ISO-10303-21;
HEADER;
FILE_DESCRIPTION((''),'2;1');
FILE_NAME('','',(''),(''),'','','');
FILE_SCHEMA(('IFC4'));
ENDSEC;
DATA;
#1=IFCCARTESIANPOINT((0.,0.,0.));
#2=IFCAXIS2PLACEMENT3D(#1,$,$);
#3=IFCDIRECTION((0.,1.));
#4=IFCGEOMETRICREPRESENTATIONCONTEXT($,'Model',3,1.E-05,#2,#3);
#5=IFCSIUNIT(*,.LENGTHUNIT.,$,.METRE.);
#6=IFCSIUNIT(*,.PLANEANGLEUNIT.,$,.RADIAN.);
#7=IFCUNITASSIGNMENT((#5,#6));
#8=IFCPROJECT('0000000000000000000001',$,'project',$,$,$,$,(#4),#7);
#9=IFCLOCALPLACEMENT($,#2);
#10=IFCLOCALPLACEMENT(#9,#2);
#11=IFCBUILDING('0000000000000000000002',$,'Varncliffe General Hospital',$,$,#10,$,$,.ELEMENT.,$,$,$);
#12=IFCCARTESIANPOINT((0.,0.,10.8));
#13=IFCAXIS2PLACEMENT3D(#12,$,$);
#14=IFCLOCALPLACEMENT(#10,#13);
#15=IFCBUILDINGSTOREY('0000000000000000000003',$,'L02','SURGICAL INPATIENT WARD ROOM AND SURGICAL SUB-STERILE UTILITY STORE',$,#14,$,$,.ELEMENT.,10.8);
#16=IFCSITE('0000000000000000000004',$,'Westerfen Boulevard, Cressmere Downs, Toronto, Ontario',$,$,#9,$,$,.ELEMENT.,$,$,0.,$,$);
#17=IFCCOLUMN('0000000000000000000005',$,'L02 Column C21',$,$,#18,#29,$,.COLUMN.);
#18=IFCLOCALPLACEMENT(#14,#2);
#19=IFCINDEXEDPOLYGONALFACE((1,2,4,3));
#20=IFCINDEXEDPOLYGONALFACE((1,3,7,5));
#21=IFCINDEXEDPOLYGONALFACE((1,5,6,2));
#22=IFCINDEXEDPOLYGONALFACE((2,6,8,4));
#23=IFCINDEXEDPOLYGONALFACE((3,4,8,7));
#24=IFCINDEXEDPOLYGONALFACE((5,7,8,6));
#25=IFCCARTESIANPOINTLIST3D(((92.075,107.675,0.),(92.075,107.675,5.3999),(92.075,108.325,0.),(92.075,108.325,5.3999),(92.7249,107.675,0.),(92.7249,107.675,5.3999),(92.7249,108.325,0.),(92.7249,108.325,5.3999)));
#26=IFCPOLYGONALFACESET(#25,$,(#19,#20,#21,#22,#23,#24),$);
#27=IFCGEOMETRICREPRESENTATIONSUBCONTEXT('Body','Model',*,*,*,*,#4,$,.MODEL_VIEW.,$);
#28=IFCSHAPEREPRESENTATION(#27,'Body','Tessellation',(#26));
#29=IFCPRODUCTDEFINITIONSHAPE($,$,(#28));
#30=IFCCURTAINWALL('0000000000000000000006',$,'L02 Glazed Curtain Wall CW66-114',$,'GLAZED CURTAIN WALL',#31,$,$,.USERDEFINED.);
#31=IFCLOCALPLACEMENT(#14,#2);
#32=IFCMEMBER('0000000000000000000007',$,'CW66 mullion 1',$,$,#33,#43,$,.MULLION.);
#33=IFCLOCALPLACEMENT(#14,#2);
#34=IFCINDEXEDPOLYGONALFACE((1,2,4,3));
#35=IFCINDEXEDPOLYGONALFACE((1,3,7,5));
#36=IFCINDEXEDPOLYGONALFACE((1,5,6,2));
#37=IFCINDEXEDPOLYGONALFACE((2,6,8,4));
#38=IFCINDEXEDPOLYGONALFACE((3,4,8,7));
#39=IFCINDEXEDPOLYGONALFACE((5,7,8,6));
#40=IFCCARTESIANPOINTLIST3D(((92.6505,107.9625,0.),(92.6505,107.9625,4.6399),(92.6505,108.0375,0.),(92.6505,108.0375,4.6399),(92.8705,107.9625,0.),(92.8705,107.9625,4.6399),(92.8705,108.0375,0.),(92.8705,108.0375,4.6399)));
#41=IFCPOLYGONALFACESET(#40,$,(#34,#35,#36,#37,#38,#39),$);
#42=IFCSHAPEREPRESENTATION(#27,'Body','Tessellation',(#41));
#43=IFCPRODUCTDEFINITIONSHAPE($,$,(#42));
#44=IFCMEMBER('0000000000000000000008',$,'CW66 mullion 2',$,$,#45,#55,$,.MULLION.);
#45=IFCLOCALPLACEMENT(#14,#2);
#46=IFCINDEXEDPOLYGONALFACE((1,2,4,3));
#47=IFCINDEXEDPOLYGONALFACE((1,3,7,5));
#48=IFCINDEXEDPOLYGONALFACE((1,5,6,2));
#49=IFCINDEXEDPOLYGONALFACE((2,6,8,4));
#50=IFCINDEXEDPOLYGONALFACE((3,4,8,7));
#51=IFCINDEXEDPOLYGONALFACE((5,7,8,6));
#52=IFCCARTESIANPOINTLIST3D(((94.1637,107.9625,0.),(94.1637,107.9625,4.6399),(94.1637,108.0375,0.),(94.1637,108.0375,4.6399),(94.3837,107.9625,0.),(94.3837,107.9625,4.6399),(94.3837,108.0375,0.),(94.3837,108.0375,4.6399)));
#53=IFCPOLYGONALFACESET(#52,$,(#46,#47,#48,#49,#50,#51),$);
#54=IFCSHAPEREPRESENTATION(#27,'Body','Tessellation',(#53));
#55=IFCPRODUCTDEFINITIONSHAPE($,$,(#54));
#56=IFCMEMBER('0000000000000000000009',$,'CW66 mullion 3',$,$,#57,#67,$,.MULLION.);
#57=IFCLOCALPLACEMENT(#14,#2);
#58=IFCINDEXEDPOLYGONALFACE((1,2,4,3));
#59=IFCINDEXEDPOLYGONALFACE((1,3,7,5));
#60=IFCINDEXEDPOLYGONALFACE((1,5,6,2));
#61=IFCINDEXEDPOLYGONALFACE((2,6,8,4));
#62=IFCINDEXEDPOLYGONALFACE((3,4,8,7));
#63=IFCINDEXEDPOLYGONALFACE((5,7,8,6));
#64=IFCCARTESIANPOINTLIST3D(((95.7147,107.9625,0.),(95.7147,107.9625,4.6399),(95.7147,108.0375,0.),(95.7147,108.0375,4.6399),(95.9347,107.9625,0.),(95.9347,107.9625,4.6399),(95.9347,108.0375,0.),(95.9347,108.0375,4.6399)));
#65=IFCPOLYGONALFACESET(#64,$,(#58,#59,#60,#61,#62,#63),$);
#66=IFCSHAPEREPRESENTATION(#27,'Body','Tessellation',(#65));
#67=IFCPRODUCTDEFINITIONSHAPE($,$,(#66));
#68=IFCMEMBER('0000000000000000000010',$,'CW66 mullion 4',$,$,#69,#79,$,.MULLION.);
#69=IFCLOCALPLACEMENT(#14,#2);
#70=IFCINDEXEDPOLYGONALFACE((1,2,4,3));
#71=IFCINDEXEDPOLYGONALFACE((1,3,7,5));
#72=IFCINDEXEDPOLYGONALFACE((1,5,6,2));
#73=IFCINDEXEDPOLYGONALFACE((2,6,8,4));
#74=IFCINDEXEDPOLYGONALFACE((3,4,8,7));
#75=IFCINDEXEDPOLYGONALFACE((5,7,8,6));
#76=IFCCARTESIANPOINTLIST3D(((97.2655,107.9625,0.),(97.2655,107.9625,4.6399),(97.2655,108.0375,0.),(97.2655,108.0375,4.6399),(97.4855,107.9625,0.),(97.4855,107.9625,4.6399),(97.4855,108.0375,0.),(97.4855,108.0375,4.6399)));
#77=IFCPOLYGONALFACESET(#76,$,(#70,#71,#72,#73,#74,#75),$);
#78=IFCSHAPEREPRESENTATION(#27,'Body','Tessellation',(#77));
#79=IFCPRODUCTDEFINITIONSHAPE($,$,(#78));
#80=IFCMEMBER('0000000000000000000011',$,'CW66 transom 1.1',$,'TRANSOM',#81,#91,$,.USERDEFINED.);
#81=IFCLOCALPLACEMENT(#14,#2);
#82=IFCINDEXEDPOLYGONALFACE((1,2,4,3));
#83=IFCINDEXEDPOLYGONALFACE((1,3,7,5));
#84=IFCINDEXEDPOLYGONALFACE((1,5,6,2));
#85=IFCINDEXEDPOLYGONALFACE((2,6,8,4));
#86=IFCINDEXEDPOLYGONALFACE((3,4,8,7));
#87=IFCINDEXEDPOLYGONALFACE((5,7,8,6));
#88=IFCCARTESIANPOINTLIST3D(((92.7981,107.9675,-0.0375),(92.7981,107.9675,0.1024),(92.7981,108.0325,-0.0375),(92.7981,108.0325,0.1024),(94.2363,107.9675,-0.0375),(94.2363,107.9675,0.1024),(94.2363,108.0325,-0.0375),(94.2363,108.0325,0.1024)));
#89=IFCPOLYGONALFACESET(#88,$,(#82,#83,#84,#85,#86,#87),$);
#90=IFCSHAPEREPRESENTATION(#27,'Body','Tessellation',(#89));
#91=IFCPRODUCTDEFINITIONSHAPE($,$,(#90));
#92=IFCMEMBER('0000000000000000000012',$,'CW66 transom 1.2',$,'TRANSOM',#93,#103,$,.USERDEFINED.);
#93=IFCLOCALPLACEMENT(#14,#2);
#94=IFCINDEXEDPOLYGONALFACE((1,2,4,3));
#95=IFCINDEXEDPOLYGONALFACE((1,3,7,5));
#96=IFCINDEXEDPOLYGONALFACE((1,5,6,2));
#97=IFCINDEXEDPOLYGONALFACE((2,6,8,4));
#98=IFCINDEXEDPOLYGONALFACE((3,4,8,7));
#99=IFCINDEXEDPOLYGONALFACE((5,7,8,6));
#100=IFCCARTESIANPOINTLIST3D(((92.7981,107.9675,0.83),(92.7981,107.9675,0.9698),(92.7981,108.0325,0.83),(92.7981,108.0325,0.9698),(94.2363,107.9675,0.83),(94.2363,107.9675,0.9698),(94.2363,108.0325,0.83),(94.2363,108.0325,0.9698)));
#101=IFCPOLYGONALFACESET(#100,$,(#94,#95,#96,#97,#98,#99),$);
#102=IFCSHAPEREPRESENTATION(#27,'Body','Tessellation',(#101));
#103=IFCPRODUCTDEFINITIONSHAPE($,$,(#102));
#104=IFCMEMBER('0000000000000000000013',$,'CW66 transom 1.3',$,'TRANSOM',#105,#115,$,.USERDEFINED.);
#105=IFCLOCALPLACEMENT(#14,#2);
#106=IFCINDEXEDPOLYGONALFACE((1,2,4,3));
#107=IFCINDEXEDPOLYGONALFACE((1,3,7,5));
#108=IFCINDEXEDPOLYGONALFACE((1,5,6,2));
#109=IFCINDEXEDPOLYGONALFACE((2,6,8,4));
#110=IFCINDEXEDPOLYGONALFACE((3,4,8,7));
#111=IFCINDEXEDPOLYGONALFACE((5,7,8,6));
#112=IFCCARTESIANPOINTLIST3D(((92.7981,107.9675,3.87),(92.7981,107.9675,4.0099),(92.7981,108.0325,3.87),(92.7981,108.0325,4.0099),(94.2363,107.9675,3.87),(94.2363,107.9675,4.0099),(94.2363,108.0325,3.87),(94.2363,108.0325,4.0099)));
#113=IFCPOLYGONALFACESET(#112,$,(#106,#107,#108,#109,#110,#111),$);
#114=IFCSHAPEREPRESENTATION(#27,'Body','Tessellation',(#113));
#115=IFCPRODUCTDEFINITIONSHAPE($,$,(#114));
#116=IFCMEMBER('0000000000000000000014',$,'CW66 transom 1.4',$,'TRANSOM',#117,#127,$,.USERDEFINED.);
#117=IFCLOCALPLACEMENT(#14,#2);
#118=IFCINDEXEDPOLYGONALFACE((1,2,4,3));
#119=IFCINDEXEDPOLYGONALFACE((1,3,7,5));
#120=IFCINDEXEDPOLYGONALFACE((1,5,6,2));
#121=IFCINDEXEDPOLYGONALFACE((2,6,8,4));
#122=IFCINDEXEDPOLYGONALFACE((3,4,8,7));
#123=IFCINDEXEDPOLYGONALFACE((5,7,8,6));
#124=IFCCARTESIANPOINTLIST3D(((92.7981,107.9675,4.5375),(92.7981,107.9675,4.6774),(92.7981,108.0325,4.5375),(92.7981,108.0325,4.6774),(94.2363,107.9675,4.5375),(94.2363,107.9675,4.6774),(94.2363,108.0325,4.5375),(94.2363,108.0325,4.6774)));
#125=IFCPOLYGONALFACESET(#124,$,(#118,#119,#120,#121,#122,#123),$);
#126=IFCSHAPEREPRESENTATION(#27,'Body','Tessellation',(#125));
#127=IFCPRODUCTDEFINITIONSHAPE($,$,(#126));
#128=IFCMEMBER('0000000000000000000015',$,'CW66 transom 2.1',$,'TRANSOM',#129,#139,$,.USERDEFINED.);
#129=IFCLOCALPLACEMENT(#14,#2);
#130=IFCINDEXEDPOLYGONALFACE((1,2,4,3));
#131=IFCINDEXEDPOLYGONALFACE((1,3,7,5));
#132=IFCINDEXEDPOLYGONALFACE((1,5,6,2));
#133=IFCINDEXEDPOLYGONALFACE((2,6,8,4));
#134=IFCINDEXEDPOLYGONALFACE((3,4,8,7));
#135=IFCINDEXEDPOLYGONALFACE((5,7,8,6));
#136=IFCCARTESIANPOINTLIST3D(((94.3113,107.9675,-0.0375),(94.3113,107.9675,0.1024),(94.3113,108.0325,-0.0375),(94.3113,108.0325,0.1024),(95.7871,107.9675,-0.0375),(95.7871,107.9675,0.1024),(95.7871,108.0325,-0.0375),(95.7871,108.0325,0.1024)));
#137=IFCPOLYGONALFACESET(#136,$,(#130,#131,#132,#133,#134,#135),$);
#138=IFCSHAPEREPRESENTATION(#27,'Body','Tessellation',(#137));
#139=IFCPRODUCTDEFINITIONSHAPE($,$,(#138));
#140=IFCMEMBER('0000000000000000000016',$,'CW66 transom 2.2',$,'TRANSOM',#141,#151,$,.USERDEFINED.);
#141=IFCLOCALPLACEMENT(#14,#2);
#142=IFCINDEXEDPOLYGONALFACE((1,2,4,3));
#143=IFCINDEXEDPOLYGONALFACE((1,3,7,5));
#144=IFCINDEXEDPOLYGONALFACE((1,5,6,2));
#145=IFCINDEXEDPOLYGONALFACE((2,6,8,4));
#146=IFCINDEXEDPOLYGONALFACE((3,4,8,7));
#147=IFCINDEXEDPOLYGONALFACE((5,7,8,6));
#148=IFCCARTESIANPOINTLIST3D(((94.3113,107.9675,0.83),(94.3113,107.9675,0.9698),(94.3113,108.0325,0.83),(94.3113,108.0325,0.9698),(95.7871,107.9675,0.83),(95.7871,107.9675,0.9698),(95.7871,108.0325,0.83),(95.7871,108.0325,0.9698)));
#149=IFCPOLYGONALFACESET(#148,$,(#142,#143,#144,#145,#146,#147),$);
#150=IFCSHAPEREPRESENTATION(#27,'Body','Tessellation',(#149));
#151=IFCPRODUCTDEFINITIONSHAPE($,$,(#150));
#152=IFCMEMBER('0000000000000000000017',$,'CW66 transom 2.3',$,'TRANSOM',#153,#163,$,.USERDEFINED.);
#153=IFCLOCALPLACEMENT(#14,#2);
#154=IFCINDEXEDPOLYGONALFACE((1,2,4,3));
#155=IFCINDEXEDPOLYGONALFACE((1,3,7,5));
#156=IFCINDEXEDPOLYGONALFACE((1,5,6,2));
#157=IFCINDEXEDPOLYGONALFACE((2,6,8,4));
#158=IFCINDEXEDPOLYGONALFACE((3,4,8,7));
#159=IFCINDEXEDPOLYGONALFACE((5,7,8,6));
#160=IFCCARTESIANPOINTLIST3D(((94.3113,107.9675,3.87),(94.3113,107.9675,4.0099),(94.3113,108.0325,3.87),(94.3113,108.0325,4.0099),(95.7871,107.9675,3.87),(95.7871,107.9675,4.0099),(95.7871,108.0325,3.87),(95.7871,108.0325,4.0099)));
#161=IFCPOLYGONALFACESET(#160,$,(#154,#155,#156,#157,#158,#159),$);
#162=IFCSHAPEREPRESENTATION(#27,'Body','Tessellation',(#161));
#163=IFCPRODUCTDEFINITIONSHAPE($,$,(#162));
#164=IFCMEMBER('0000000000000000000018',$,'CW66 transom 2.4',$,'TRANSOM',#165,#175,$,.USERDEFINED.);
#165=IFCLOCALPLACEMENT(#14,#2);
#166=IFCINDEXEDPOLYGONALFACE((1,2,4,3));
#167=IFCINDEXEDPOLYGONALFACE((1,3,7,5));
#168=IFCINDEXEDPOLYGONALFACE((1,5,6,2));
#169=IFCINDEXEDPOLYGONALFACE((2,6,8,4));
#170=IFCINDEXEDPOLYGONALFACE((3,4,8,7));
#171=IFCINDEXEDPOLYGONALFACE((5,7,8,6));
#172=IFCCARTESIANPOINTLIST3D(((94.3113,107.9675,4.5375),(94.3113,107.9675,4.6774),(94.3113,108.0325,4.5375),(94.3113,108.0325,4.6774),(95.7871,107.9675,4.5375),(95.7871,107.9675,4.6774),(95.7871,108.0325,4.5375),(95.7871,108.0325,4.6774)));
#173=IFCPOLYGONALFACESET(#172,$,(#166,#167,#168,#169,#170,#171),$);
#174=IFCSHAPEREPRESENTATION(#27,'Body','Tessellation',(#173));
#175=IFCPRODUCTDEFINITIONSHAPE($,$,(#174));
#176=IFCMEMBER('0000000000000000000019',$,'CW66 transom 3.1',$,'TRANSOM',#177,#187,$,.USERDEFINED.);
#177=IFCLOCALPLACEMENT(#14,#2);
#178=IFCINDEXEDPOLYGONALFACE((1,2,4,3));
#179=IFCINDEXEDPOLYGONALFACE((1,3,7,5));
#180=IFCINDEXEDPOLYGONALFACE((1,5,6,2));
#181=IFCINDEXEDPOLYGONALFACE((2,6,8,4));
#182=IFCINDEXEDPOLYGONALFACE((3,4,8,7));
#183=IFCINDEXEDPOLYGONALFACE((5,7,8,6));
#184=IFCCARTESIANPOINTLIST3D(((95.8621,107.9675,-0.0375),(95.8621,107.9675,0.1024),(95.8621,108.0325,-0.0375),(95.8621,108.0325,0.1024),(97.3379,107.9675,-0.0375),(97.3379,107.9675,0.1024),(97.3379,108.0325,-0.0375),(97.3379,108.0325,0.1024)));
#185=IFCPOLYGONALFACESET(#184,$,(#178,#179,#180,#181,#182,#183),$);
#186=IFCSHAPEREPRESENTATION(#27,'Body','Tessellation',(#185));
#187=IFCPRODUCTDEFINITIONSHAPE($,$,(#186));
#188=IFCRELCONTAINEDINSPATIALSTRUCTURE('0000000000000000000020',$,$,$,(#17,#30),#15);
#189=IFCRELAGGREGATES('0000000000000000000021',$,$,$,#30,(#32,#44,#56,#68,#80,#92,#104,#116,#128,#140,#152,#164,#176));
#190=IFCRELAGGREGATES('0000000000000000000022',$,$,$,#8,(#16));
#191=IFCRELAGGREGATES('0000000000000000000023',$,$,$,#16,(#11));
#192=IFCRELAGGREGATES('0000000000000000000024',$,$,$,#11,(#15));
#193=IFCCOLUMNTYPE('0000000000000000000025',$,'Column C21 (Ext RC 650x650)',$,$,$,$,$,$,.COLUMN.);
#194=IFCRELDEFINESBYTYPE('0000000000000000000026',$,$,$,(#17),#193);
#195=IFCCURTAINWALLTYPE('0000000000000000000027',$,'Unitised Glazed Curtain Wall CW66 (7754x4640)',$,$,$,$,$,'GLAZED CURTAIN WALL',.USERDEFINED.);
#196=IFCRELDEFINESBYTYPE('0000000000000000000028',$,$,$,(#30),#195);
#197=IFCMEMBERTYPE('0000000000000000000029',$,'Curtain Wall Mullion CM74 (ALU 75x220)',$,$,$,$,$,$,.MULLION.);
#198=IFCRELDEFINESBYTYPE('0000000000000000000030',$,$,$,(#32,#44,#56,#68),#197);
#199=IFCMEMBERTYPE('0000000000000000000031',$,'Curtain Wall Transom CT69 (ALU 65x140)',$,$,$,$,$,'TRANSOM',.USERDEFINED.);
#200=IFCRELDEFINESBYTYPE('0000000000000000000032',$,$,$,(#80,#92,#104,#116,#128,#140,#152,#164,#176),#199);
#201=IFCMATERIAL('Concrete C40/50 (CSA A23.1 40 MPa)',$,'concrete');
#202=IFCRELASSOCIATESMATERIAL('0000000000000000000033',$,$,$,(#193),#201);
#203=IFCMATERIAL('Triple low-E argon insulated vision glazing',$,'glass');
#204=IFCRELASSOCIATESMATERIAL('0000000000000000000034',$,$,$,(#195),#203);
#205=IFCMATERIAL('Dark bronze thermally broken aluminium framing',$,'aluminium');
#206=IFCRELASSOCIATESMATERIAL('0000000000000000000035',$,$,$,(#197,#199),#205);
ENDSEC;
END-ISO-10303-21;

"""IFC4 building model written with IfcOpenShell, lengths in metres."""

from ifc_helpers import new_model, si_unit, direction, frame, origin, origin_2d, place, context, subcontext, project, spatial, rectangle, extrude, material, material_profile, profile_set, type_object, element, aggregate, save


model = new_model("IFC4")

# Units and contexts
model_context = context("Model", 3, precision=1e-05, world=origin(), true_north=direction((0.0, 1.0)))
body_context = subcontext(model_context, "Body", "Model", "MODEL_VIEW")
ifc_project = project(units=[si_unit("LENGTHUNIT", "METRE"), si_unit("PLANEANGLEUNIT", "RADIAN")], contexts=[model_context])

# Site, building, storey
site_placement = place(None, origin())
site = spatial("IfcSite", under=ifc_project, at=site_placement, Name="Westerfen Boulevard, Cressmere Downs, Toronto, Ontario", CompositionType="ELEMENT", RefElevation=0.0)
building_placement = place(site_placement, origin())
building = spatial("IfcBuilding", under=site, at=building_placement, Name="Varncliffe General Hospital", CompositionType="ELEMENT")
storey_placement = place(building_placement, frame((0.0, 0.0, 10.8)))
storey = spatial("IfcBuildingStorey", under=building, at=storey_placement, Name="L02", Description="SURGICAL INPATIENT WARD ROOM AND SURGICAL SUB-STERILE UTILITY STORE", CompositionType="ELEMENT", Elevation=10.8)

# Column
ifc_material_1 = material(Name="Concrete C40/50 (CSA A23.1 40 MPa)", Category="concrete")
ifc_material_profile_1 = material_profile(ifc_material_1, rectangle(XDim=0.6499, YDim=0.6499, at=origin_2d()), Name="RC 650x650")
ifc_profile_set_1 = profile_set([ifc_material_profile_1], Name="Concrete C40/50 (CSA A23.1 40 MPa)")
column_type = type_object("IfcColumnType", Name="Column C21 (Ext RC 650x650)", PredefinedType="COLUMN", material=ifc_profile_set_1)
column_placement = place(storey_placement, frame((92.3999, 108.0, 0.0), z_axis=(0.0, 0.0, 1.0), x_axis=(1.0, 0.0, 0.0)))
element("IfcColumn", 1, at=column_placement, inside=storey, type_object=column_type, Name="L02 Column C21", PredefinedType="COLUMN", context=body_context, shape_type="SweptSolid", body=[
    extrude(rectangle(XDim=0.6499, YDim=0.6499, at=origin_2d()), origin(), (0.0, 0.0, 1.0), 5.3999),
])

# Curtain wall, members
ifc_material_2 = material(Name="Triple low-E argon insulated vision glazing", Category="glass")
curtain_wall_type = type_object("IfcCurtainWallType", Name="Unitised Glazed Curtain Wall CW66 (7754x4640)", ElementType="GLAZED CURTAIN WALL", PredefinedType="USERDEFINED", material=ifc_material_2)
curtain_wall_placement = place(storey_placement, origin())
curtain_wall = element("IfcCurtainWall", 2, at=curtain_wall_placement, inside=storey, type_object=curtain_wall_type, Name="L02 Glazed Curtain Wall CW66-114", ObjectType="GLAZED CURTAIN WALL", PredefinedType="USERDEFINED")
ifc_material_3 = material(Name="Dark bronze thermally broken aluminium framing", Category="aluminium")
ifc_material_profile_2 = material_profile(ifc_material_3, rectangle(XDim=0.075, YDim=0.22, at=origin_2d()), Name="ALU 75x220")
ifc_profile_set_2 = profile_set([ifc_material_profile_2], Name="Dark bronze thermally broken aluminium framing")
member_type_1 = type_object("IfcMemberType", Name="Curtain Wall Mullion CM74 (ALU 75x220)", PredefinedType="MULLION", material=ifc_profile_set_2)
member_1_placement = place(storey_placement, frame((92.7605, 108.0, 0.0), z_axis=(0.0, 0.0, 1.0), x_axis=(0.0, 1.0, 0.0)))
member_1 = element("IfcMember", 3, at=member_1_placement, type_object=member_type_1, Name="CW66 mullion 1", PredefinedType="MULLION", context=body_context, shape_type="SweptSolid", body=[
    extrude(rectangle(XDim=0.075, YDim=0.22, at=origin_2d()), origin(), (0.0, 0.0, 1.0), 4.6399),
])
member_2_placement = place(storey_placement, frame((94.2737, 108.0, 0.0), z_axis=(0.0, 0.0, 1.0), x_axis=(0.0, 1.0, 0.0)))
member_2 = element("IfcMember", 4, at=member_2_placement, type_object=member_type_1, Name="CW66 mullion 2", PredefinedType="MULLION", context=body_context, shape_type="SweptSolid", body=[
    extrude(rectangle(XDim=0.075, YDim=0.22, at=origin_2d()), origin(), (0.0, 0.0, 1.0), 4.6399),
])
member_3_placement = place(storey_placement, frame((95.8247, 108.0, 0.0), z_axis=(0.0, 0.0, 1.0), x_axis=(0.0, 1.0, 0.0)))
member_3 = element("IfcMember", 5, at=member_3_placement, type_object=member_type_1, Name="CW66 mullion 3", PredefinedType="MULLION", context=body_context, shape_type="SweptSolid", body=[
    extrude(rectangle(XDim=0.075, YDim=0.22, at=origin_2d()), origin(), (0.0, 0.0, 1.0), 4.6399),
])
member_4_placement = place(storey_placement, frame((97.3755, 108.0, 0.0), z_axis=(0.0, 0.0, 1.0), x_axis=(0.0, 1.0, 0.0)))
member_4 = element("IfcMember", 6, at=member_4_placement, type_object=member_type_1, Name="CW66 mullion 4", PredefinedType="MULLION", context=body_context, shape_type="SweptSolid", body=[
    extrude(rectangle(XDim=0.075, YDim=0.22, at=origin_2d()), origin(), (0.0, 0.0, 1.0), 4.6399),
])
ifc_material_profile_3 = material_profile(ifc_material_3, rectangle(XDim=0.0649, YDim=0.1399, at=origin_2d()), Name="ALU 65x140")
ifc_profile_set_3 = profile_set([ifc_material_profile_3], Name="Dark bronze thermally broken aluminium framing")
member_type_2 = type_object("IfcMemberType", Name="Curtain Wall Transom CT69 (ALU 65x140)", ElementType="TRANSOM", PredefinedType="USERDEFINED", material=ifc_profile_set_3)
member_5_placement = place(storey_placement, frame((92.7981, 108.0, 0.0325), z_axis=(1.0, 0.0, 0.0), x_axis=(0.0, 1.0, 0.0)))
member_5 = element("IfcMember", 7, at=member_5_placement, type_object=member_type_2, Name="CW66 transom 1.1", ObjectType="TRANSOM", PredefinedType="USERDEFINED", context=body_context, shape_type="SweptSolid", body=[
    extrude(rectangle(XDim=0.0649, YDim=0.1399, at=origin_2d()), origin(), (0.0, 0.0, 1.0), 1.4382),
])
member_6_placement = place(storey_placement, frame((92.7981, 108.0, 0.8999), z_axis=(1.0, 0.0, 0.0), x_axis=(0.0, 1.0, 0.0)))
member_6 = element("IfcMember", 8, at=member_6_placement, type_object=member_type_2, Name="CW66 transom 1.2", ObjectType="TRANSOM", PredefinedType="USERDEFINED", context=body_context, shape_type="SweptSolid", body=[
    extrude(rectangle(XDim=0.0649, YDim=0.1399, at=origin_2d()), origin(), (0.0, 0.0, 1.0), 1.4382),
])
member_7_placement = place(storey_placement, frame((92.7981, 108.0, 3.9399), z_axis=(1.0, 0.0, 0.0), x_axis=(0.0, 1.0, 0.0)))
member_7 = element("IfcMember", 9, at=member_7_placement, type_object=member_type_2, Name="CW66 transom 1.3", ObjectType="TRANSOM", PredefinedType="USERDEFINED", context=body_context, shape_type="SweptSolid", body=[
    extrude(rectangle(XDim=0.0649, YDim=0.1399, at=origin_2d()), origin(), (0.0, 0.0, 1.0), 1.4382),
])
member_8_placement = place(storey_placement, frame((92.7981, 108.0, 4.6074), z_axis=(1.0, 0.0, 0.0), x_axis=(0.0, 1.0, 0.0)))
member_8 = element("IfcMember", 10, at=member_8_placement, type_object=member_type_2, Name="CW66 transom 1.4", ObjectType="TRANSOM", PredefinedType="USERDEFINED", context=body_context, shape_type="SweptSolid", body=[
    extrude(rectangle(XDim=0.0649, YDim=0.1399, at=origin_2d()), origin(), (0.0, 0.0, 1.0), 1.4382),
])
member_9_placement = place(storey_placement, frame((94.3113, 108.0, 0.0325), z_axis=(1.0, 0.0, 0.0), x_axis=(0.0, 1.0, 0.0)))
member_9 = element("IfcMember", 11, at=member_9_placement, type_object=member_type_2, Name="CW66 transom 2.1", ObjectType="TRANSOM", PredefinedType="USERDEFINED", context=body_context, shape_type="SweptSolid", body=[
    extrude(rectangle(XDim=0.0649, YDim=0.1399, at=origin_2d()), origin(), (0.0, 0.0, 1.0), 1.4758),
])
member_10_placement = place(storey_placement, frame((94.3113, 108.0, 0.8999), z_axis=(1.0, 0.0, 0.0), x_axis=(0.0, 1.0, 0.0)))
member_10 = element("IfcMember", 12, at=member_10_placement, type_object=member_type_2, Name="CW66 transom 2.2", ObjectType="TRANSOM", PredefinedType="USERDEFINED", context=body_context, shape_type="SweptSolid", body=[
    extrude(rectangle(XDim=0.0649, YDim=0.1399, at=origin_2d()), origin(), (0.0, 0.0, 1.0), 1.4758),
])
member_11_placement = place(storey_placement, frame((94.3113, 108.0, 3.9399), z_axis=(1.0, 0.0, 0.0), x_axis=(0.0, 1.0, 0.0)))
member_11 = element("IfcMember", 13, at=member_11_placement, type_object=member_type_2, Name="CW66 transom 2.3", ObjectType="TRANSOM", PredefinedType="USERDEFINED", context=body_context, shape_type="SweptSolid", body=[
    extrude(rectangle(XDim=0.0649, YDim=0.1399, at=origin_2d()), origin(), (0.0, 0.0, 1.0), 1.4758),
])
member_12_placement = place(storey_placement, frame((94.3113, 108.0, 4.6074), z_axis=(1.0, 0.0, 0.0), x_axis=(0.0, 1.0, 0.0)))
member_12 = element("IfcMember", 14, at=member_12_placement, type_object=member_type_2, Name="CW66 transom 2.4", ObjectType="TRANSOM", PredefinedType="USERDEFINED", context=body_context, shape_type="SweptSolid", body=[
    extrude(rectangle(XDim=0.0649, YDim=0.1399, at=origin_2d()), origin(), (0.0, 0.0, 1.0), 1.4758),
])
member_13_placement = place(storey_placement, frame((95.8621, 108.0, 0.0325), z_axis=(1.0, 0.0, 0.0), x_axis=(0.0, 1.0, 0.0)))
member_13 = element("IfcMember", 15, at=member_13_placement, type_object=member_type_2, Name="CW66 transom 3.1", ObjectType="TRANSOM", PredefinedType="USERDEFINED", context=body_context, shape_type="SweptSolid", body=[
    extrude(rectangle(XDim=0.0649, YDim=0.1399, at=origin_2d()), origin(), (0.0, 0.0, 1.0), 1.4758),
])

aggregate(curtain_wall, [member_1, member_2, member_3, member_4, member_5, member_6, member_7, member_8, member_9, member_10, member_11, member_12, member_13])

save(model, "model.ifc")
